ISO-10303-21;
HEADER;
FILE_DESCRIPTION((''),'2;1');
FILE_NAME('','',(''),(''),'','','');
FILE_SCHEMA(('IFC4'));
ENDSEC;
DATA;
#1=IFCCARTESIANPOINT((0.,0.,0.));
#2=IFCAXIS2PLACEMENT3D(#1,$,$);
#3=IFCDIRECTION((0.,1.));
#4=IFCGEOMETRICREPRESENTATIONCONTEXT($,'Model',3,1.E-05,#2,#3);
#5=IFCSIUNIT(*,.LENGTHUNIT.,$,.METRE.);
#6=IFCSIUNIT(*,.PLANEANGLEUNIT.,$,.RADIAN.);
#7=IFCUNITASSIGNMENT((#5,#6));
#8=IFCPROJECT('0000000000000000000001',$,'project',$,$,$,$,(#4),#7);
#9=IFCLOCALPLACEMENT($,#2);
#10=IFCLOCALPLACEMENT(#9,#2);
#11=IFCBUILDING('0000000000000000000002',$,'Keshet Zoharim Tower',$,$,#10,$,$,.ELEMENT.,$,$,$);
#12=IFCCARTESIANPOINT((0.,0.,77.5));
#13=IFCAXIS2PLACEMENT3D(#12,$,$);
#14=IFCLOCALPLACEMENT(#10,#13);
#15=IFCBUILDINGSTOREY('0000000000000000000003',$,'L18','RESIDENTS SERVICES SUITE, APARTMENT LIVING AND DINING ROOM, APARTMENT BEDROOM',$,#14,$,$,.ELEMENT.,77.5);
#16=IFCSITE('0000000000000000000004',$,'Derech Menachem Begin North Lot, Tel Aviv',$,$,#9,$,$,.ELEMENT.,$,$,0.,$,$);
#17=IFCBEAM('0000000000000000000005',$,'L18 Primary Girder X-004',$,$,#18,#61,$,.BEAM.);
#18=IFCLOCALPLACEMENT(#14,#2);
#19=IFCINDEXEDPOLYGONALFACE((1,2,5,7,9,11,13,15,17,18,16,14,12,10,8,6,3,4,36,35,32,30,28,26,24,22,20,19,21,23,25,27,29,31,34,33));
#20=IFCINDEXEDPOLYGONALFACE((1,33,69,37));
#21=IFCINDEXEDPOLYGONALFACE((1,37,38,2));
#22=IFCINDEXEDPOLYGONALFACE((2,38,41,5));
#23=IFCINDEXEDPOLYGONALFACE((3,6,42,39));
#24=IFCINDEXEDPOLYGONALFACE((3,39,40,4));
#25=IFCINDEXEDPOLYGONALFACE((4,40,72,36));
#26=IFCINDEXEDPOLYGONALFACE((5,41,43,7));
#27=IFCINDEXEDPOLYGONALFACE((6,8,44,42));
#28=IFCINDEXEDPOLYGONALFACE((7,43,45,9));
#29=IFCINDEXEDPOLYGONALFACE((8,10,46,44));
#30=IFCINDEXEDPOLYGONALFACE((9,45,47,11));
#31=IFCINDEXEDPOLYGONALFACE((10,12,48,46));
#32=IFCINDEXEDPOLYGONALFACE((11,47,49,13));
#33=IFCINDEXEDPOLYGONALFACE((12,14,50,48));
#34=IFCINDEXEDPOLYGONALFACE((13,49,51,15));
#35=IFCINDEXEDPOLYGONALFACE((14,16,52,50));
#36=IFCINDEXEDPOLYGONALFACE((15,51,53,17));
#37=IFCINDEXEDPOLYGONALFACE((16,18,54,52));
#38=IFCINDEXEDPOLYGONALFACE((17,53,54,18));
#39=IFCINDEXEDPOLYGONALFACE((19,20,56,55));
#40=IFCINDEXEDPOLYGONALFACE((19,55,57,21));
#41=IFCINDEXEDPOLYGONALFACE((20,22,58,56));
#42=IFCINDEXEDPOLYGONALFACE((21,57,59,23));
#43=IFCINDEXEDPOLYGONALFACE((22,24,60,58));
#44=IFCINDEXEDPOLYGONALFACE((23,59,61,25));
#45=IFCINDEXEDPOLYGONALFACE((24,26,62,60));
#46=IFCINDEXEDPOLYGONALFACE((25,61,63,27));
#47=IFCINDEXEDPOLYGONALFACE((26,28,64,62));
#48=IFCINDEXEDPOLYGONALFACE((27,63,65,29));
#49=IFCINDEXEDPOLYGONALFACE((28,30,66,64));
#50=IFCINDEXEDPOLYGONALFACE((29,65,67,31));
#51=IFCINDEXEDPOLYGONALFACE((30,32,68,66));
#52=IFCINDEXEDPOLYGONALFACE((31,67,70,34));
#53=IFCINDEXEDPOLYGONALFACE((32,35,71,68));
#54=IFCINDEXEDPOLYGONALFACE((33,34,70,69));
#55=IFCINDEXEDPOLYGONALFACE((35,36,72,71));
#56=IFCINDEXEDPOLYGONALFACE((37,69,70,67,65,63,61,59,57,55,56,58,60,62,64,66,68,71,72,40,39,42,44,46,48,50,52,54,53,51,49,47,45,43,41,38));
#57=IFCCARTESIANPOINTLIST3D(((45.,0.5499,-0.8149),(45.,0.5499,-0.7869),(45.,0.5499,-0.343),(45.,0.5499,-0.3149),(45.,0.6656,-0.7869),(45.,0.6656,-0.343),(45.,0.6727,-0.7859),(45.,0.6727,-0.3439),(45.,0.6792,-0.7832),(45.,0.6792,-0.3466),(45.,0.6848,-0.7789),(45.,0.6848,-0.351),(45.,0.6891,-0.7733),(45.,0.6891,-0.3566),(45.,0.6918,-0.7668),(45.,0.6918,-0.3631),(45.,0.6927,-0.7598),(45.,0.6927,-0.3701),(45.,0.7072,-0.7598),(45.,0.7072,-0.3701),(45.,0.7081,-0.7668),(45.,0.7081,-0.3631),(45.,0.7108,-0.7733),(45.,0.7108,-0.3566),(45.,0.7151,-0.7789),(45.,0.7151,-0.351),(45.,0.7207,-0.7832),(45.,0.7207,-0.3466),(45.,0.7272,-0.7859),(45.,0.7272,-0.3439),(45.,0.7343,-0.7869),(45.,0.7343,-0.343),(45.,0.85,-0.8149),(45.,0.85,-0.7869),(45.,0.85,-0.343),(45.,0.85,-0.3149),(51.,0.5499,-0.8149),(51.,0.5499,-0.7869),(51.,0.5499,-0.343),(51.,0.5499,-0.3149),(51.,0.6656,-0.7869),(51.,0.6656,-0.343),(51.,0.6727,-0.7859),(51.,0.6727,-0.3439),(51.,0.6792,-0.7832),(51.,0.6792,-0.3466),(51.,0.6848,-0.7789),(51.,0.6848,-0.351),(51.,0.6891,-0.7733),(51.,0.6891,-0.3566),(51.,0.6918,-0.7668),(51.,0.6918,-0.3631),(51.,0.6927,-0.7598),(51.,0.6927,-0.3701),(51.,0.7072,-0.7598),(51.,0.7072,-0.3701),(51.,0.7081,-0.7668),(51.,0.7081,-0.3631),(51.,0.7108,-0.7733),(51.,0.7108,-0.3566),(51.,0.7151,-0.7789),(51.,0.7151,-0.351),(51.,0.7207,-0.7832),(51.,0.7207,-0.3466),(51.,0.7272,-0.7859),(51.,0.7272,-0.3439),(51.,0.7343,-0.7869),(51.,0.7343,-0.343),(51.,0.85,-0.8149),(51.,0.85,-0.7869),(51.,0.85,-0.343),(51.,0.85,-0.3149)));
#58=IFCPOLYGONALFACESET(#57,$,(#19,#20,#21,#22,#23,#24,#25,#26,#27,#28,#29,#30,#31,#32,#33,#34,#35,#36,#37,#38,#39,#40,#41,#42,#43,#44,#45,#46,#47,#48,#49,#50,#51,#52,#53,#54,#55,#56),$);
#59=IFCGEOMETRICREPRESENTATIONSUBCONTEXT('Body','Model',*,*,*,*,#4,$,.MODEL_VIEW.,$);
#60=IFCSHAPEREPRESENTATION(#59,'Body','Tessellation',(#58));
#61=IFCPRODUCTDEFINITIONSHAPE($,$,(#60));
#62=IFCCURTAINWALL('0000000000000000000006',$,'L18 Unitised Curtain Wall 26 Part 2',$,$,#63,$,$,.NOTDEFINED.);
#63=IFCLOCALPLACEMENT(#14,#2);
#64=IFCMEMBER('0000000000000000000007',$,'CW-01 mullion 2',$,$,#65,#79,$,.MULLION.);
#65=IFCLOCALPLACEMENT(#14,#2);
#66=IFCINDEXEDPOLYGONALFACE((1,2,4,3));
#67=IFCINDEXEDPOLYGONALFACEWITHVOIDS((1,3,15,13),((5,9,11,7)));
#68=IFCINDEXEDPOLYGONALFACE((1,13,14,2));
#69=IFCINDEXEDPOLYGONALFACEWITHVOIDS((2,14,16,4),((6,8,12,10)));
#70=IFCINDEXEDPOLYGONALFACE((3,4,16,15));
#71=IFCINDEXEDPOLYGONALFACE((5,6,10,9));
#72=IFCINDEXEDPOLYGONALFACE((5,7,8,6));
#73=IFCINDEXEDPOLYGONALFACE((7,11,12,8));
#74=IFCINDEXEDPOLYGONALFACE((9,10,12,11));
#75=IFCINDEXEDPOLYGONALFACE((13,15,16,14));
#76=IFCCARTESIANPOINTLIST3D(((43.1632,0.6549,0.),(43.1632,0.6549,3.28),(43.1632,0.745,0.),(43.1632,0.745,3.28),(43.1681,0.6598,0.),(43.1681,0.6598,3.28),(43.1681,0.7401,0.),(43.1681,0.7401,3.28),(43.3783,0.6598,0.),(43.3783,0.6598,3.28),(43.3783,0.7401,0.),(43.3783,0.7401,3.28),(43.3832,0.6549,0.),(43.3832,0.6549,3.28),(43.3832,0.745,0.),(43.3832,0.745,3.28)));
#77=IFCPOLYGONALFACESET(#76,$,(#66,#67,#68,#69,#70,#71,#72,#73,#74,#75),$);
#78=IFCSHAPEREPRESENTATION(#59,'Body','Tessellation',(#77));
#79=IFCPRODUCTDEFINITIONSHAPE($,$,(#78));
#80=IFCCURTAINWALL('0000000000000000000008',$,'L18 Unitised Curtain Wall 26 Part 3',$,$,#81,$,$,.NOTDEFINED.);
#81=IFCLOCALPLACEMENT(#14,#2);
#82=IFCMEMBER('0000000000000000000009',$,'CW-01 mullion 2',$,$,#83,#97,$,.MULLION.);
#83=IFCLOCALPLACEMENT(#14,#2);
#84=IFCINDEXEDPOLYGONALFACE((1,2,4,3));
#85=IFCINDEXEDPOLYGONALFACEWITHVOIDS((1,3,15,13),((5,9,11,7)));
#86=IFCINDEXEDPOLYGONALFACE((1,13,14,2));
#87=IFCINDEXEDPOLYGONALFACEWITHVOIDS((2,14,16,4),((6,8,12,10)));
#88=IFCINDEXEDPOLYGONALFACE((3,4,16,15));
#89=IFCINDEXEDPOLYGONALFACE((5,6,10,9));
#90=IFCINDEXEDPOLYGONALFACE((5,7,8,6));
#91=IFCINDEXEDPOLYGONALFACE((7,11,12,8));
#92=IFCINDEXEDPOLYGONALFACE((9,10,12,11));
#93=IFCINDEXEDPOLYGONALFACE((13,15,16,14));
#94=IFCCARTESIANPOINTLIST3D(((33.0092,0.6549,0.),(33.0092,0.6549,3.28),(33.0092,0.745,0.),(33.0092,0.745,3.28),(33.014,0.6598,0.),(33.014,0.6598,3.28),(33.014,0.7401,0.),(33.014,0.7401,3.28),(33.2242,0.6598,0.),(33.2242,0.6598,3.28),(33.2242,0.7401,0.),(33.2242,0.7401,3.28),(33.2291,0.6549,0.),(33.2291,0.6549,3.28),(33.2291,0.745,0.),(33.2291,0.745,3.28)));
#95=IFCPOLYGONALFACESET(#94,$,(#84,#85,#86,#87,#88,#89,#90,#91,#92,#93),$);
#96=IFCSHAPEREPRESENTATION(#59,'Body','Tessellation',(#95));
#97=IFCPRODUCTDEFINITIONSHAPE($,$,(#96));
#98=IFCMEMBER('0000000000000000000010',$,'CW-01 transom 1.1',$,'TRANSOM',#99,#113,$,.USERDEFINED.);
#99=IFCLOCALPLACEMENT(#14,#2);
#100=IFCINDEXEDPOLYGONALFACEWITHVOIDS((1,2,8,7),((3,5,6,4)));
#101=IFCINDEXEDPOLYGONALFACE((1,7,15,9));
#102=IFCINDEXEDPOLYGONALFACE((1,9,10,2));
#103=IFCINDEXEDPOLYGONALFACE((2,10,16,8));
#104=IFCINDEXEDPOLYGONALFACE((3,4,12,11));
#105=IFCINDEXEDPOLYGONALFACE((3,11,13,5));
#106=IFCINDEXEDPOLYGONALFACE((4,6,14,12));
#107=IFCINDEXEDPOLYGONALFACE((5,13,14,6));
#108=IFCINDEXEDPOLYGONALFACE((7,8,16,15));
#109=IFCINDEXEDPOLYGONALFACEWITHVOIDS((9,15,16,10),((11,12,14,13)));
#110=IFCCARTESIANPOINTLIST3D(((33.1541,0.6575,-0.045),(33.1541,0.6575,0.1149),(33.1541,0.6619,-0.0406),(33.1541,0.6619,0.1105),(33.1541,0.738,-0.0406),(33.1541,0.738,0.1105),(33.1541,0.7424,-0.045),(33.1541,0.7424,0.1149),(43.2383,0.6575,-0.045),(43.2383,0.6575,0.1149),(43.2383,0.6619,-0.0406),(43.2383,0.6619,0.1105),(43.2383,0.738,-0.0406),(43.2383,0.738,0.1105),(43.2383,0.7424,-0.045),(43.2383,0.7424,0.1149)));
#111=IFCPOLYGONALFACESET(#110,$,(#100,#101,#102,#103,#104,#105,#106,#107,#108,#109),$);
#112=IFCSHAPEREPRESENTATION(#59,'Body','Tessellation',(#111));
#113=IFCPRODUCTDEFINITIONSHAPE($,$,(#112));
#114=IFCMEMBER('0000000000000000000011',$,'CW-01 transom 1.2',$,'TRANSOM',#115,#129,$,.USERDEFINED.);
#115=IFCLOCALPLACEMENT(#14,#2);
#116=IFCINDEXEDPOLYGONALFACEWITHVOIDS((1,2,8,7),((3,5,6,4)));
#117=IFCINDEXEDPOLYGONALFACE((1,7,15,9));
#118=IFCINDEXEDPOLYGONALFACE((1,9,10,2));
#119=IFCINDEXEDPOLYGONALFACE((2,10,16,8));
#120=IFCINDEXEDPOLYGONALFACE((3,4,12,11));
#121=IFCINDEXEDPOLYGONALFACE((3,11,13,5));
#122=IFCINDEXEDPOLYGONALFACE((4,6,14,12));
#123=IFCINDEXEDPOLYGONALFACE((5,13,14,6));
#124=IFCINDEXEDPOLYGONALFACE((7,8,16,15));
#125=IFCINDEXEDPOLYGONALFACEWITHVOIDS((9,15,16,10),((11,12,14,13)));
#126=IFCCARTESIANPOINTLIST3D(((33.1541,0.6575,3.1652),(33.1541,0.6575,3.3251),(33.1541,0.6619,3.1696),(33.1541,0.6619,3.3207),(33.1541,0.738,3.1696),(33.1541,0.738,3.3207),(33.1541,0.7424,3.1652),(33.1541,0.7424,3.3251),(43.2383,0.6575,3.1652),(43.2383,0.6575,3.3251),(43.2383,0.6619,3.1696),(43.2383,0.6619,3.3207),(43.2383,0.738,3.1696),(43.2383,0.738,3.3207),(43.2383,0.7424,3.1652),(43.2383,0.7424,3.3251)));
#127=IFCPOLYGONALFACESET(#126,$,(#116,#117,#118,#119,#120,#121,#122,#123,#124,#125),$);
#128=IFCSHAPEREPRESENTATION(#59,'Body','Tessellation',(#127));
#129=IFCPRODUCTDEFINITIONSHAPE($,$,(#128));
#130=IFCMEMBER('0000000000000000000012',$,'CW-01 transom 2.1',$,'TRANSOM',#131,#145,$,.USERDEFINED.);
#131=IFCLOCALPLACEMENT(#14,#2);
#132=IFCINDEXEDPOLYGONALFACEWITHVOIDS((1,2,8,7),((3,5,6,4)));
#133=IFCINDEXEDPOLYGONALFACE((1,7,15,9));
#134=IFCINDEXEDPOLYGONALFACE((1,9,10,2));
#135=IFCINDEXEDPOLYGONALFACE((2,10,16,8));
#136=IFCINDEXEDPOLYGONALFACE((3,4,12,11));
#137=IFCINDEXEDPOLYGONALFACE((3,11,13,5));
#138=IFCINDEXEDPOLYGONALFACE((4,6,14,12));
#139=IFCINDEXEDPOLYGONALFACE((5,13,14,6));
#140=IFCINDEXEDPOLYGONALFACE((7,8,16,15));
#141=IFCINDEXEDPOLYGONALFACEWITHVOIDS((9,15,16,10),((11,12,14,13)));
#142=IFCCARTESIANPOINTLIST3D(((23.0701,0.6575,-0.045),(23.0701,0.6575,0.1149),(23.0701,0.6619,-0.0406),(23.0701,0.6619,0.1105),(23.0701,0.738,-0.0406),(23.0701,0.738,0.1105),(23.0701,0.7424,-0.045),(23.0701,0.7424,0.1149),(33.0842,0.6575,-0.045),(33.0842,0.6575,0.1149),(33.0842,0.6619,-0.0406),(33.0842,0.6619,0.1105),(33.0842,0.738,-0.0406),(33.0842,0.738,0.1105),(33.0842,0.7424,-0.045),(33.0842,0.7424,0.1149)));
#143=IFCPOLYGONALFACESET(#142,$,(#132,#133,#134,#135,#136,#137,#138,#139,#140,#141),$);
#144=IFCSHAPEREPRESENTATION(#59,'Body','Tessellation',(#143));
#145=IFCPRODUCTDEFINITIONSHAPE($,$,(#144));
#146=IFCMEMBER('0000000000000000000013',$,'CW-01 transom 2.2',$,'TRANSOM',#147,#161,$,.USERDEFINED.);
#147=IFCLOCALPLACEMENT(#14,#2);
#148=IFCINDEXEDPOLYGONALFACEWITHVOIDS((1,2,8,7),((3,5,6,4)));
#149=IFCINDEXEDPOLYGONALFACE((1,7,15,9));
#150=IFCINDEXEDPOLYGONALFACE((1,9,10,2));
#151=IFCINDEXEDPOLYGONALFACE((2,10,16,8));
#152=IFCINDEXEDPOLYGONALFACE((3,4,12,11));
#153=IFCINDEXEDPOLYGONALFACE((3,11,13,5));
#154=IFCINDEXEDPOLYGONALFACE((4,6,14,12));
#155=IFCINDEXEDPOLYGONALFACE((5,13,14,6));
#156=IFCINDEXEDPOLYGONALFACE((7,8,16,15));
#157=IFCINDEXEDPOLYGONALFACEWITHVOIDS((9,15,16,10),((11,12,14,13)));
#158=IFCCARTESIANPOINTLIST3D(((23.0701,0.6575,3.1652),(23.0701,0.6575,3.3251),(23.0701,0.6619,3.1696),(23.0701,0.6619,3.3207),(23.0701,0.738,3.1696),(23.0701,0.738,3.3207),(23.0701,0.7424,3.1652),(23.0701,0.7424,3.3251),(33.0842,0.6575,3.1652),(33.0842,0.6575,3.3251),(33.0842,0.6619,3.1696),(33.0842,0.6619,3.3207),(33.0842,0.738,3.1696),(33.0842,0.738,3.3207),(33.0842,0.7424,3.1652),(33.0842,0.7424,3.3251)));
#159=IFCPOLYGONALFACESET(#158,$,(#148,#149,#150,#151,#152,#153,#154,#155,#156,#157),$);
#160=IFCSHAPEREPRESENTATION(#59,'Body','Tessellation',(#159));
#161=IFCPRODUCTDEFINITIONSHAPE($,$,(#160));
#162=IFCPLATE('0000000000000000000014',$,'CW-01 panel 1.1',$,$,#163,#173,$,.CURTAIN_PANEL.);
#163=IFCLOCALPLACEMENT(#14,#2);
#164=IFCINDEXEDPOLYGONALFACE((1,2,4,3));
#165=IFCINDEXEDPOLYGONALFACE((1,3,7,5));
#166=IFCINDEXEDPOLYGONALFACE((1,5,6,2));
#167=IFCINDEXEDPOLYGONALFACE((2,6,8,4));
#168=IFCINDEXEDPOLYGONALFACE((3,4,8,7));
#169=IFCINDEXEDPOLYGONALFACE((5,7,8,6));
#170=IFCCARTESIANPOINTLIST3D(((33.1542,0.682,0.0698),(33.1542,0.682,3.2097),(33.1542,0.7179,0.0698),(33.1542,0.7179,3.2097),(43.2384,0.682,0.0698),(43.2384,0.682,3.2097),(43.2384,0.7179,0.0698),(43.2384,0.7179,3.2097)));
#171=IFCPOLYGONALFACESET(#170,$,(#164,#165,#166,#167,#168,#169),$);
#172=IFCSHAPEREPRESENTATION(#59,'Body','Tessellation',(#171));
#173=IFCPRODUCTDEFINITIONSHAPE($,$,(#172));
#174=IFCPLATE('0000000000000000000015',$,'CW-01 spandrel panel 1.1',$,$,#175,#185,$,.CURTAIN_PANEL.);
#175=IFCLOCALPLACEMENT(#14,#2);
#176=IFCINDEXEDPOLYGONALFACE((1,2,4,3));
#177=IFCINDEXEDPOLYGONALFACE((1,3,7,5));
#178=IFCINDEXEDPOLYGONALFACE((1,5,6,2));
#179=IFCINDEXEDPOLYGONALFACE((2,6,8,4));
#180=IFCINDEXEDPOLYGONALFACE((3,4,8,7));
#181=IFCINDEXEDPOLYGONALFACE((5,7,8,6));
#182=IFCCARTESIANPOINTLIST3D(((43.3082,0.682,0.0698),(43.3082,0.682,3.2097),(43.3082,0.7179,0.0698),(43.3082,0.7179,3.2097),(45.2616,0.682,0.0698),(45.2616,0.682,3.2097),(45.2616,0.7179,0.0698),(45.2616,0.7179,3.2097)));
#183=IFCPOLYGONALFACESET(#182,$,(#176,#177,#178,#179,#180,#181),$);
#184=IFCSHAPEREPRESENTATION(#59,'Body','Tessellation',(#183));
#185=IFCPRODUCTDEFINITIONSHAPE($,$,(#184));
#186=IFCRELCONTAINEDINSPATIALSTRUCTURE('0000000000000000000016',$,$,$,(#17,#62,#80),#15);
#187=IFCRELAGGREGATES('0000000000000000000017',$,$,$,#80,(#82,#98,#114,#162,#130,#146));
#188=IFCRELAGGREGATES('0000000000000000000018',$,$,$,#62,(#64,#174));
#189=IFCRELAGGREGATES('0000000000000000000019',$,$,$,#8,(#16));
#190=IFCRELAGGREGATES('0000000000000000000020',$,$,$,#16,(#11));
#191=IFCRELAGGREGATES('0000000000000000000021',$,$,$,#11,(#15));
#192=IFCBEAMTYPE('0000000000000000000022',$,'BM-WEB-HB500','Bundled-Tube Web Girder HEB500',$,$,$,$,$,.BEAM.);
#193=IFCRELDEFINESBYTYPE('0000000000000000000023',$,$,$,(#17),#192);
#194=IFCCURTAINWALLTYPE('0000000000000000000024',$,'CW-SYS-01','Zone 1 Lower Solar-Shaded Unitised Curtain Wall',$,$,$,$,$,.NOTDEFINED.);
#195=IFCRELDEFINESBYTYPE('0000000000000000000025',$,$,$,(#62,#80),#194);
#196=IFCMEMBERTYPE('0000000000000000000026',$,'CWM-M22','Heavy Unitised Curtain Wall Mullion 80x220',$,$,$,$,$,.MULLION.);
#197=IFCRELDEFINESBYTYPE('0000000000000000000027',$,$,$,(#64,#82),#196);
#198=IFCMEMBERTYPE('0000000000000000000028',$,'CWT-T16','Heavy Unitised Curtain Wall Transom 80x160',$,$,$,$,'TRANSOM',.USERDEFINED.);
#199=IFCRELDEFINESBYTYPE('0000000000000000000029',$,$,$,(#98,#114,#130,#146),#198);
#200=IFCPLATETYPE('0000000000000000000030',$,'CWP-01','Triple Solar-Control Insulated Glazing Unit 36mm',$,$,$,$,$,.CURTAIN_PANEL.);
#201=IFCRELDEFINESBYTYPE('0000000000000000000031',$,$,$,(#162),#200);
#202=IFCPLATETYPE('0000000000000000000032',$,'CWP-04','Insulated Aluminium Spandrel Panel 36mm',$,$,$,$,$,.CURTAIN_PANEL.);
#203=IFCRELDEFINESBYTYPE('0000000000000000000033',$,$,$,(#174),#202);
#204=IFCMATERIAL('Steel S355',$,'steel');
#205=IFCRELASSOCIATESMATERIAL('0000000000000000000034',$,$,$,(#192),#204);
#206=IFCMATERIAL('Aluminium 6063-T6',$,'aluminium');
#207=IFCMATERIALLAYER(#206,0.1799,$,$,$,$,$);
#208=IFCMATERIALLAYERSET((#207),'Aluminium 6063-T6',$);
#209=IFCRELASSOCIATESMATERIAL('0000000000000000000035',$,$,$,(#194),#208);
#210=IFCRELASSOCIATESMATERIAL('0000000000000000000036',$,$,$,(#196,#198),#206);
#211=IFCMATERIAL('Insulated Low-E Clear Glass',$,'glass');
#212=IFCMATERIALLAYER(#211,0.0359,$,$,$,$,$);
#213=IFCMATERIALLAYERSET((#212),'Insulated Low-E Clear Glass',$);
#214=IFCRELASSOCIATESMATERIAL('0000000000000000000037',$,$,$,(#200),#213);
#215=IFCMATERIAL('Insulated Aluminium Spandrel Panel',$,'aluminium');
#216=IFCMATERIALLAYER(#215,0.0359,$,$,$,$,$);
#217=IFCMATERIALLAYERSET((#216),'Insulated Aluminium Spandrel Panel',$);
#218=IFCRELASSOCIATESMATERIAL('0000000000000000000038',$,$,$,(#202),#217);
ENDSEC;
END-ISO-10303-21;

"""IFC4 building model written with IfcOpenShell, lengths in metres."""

from ifc_helpers import new_model, si_unit, direction, frame, origin, origin_2d, place, context, subcontext, project, spatial, rectangle, hollow_rectangle, i_section, extrude, material, layer, layer_set, material_profile, profile_set, type_object, element, aggregate, save


model = new_model("IFC4")

# Units and contexts
model_context = context("Model", 3, precision=1e-05, world=origin(), true_north=direction((0.0, 1.0)))
body_context = subcontext(model_context, "Body", "Model", "MODEL_VIEW")
ifc_project = project(units=[si_unit("LENGTHUNIT", "METRE"), si_unit("PLANEANGLEUNIT", "RADIAN")], contexts=[model_context])

# Site, building, storey
site_placement = place(None, origin())
site = spatial("IfcSite", under=ifc_project, at=site_placement, Name="Derech Menachem Begin North Lot, Tel Aviv", CompositionType="ELEMENT", RefElevation=0.0)
building_placement = place(site_placement, origin())
building = spatial("IfcBuilding", under=site, at=building_placement, Name="Keshet Zoharim Tower", CompositionType="ELEMENT")
storey_placement = place(building_placement, frame((0.0, 0.0, 77.5)))
storey = spatial("IfcBuildingStorey", under=building, at=storey_placement, Name="L18", Description="RESIDENTS SERVICES SUITE, APARTMENT LIVING AND DINING ROOM, APARTMENT BEDROOM", CompositionType="ELEMENT", Elevation=77.5)

# Shared definitions
ifc_material_1 = material(Name="Steel S355", Category="steel")

# Beam
ifc_material_profile_1 = material_profile(ifc_material_1, i_section(OverallWidth=0.3, OverallDepth=0.5, WebThickness=0.0144, FlangeThickness=0.0281, FilletRadius=0.0271, at=origin_2d()), Name="HEB500")
ifc_profile_set_1 = profile_set([ifc_material_profile_1], Name="Steel S355")
beam_type_1 = type_object("IfcBeamType", Name="BM-WEB-HB500", Description="Bundled-Tube Web Girder HEB500", PredefinedType="BEAM", material=ifc_profile_set_1)
for number, where, z_axis, x_axis, name in (
    (1, (45.0, 0.7, -0.5649), (1.0, 0.0, 0.0), (0.0, 1.0, 0.0), "L18 Primary Girder X-004"),
):
    element("IfcBeam", number, at=place(storey_placement, frame(where, z_axis=z_axis, x_axis=x_axis)), inside=storey, type_object=beam_type_1, Name=name, PredefinedType="BEAM", context=body_context, shape_type="SweptSolid", body=[
        extrude(i_section(OverallWidth=0.3, OverallDepth=0.5, WebThickness=0.0144, FlangeThickness=0.0281, FilletRadius=0.0271, at=origin_2d()), origin(), (0.0, 0.0, 1.0), 6.0),
    ])

# Curtain wall, member
ifc_material_2 = material(Name="Aluminium 6063-T6", Category="aluminium")
ifc_layer_1 = layer(ifc_material_2, 0.1799)
ifc_layer_set_1 = layer_set([ifc_layer_1], Name="Aluminium 6063-T6")
curtain_wall_type = type_object("IfcCurtainWallType", Name="CW-SYS-01", Description="Zone 1 Lower Solar-Shaded Unitised Curtain Wall", PredefinedType="NOTDEFINED", material=ifc_layer_set_1)
curtain_wall_1_placement = place(storey_placement, origin())
curtain_wall_1 = element("IfcCurtainWall", 2, at=curtain_wall_1_placement, inside=storey, type_object=curtain_wall_type, Name="L18 Unitised Curtain Wall 26 Part 2", PredefinedType="NOTDEFINED")
ifc_material_profile_2 = material_profile(ifc_material_2, hollow_rectangle(XDim=0.0901, YDim=0.22, WallThickness=0.0049, at=origin_2d()), Name="MUL-90x220")
ifc_profile_set_2 = profile_set([ifc_material_profile_2], Name="Aluminium 6063-T6")
member_type_1 = type_object("IfcMemberType", Name="CWM-M22", Description="Heavy Unitised Curtain Wall Mullion 80x220", PredefinedType="MULLION", material=ifc_profile_set_2)
member_1_placement = place(storey_placement, frame((43.2732, 0.7, 0.0), z_axis=(0.0, 0.0, 1.0), x_axis=(0.0, -1.0, 0.0)))
member_1 = element("IfcMember", 3, at=member_1_placement, type_object=member_type_1, Name="CW-01 mullion 2", PredefinedType="MULLION", context=body_context, shape_type="SweptSolid", body=[
    extrude(hollow_rectangle(XDim=0.0901, YDim=0.22, WallThickness=0.0049, at=origin_2d()), origin(), (0.0, 0.0, 1.0), 3.28),
])

# Curtain wall, members, plate
curtain_wall_2_placement = place(storey_placement, origin())
curtain_wall_2 = element("IfcCurtainWall", 4, at=curtain_wall_2_placement, inside=storey, type_object=curtain_wall_type, Name="L18 Unitised Curtain Wall 26 Part 3", PredefinedType="NOTDEFINED")
member_2_placement = place(storey_placement, frame((33.1191, 0.7, 0.0), z_axis=(0.0, 0.0, 1.0), x_axis=(0.0, -1.0, 0.0)))
member_2 = element("IfcMember", 5, at=member_2_placement, type_object=member_type_1, Name="CW-01 mullion 2", PredefinedType="MULLION", context=body_context, shape_type="SweptSolid", body=[
    extrude(hollow_rectangle(XDim=0.0901, YDim=0.22, WallThickness=0.0049, at=origin_2d()), origin(), (0.0, 0.0, 1.0), 3.28),
])
ifc_material_profile_3 = material_profile(ifc_material_2, hollow_rectangle(XDim=0.085, YDim=0.1599, WallThickness=0.0044, at=origin_2d()), Name="TRN-85x160")
ifc_profile_set_3 = profile_set([ifc_material_profile_3], Name="Aluminium 6063-T6")
member_type_2 = type_object("IfcMemberType", Name="CWT-T16", Description="Heavy Unitised Curtain Wall Transom 80x160", ElementType="TRANSOM", PredefinedType="USERDEFINED", material=ifc_profile_set_3)
member_3_placement = place(storey_placement, frame((43.2383, 0.7, 0.0349), z_axis=(-1.0, 0.0, 0.0), x_axis=(0.0, -1.0, 0.0)))
member_3 = element("IfcMember", 6, at=member_3_placement, type_object=member_type_2, Name="CW-01 transom 1.1", ObjectType="TRANSOM", PredefinedType="USERDEFINED", context=body_context, shape_type="SweptSolid", body=[
    extrude(hollow_rectangle(XDim=0.085, YDim=0.1599, WallThickness=0.0044, at=origin_2d()), origin(), (0.0, 0.0, 1.0), 10.0842),
])
member_4_placement = place(storey_placement, frame((43.2383, 0.7, 3.2451), z_axis=(-1.0, 0.0, 0.0), x_axis=(0.0, -1.0, 0.0)))
member_4 = element("IfcMember", 7, at=member_4_placement, type_object=member_type_2, Name="CW-01 transom 1.2", ObjectType="TRANSOM", PredefinedType="USERDEFINED", context=body_context, shape_type="SweptSolid", body=[
    extrude(hollow_rectangle(XDim=0.085, YDim=0.1599, WallThickness=0.0044, at=origin_2d()), origin(), (0.0, 0.0, 1.0), 10.0842),
])
member_5_placement = place(storey_placement, frame((33.0842, 0.7, 0.0349), z_axis=(-1.0, 0.0, 0.0), x_axis=(0.0, -1.0, 0.0)))
member_5 = element("IfcMember", 8, at=member_5_placement, type_object=member_type_2, Name="CW-01 transom 2.1", ObjectType="TRANSOM", PredefinedType="USERDEFINED", context=body_context, shape_type="SweptSolid", body=[
    extrude(hollow_rectangle(XDim=0.085, YDim=0.1599, WallThickness=0.0044, at=origin_2d()), origin(), (0.0, 0.0, 1.0), 10.0142),
])
member_6_placement = place(storey_placement, frame((33.0842, 0.7, 3.2451), z_axis=(-1.0, 0.0, 0.0), x_axis=(0.0, -1.0, 0.0)))
member_6 = element("IfcMember", 9, at=member_6_placement, type_object=member_type_2, Name="CW-01 transom 2.2", ObjectType="TRANSOM", PredefinedType="USERDEFINED", context=body_context, shape_type="SweptSolid", body=[
    extrude(hollow_rectangle(XDim=0.085, YDim=0.1599, WallThickness=0.0044, at=origin_2d()), origin(), (0.0, 0.0, 1.0), 10.0142),
])
ifc_material_3 = material(Name="Insulated Low-E Clear Glass", Category="glass")
ifc_layer_2 = layer(ifc_material_3, 0.0359)
ifc_layer_set_2 = layer_set([ifc_layer_2], Name="Insulated Low-E Clear Glass")
plate_type_1 = type_object("IfcPlateType", Name="CWP-01", Description="Triple Solar-Control Insulated Glazing Unit 36mm", PredefinedType="CURTAIN_PANEL", material=ifc_layer_set_2)
plate_1_placement = place(storey_placement, frame((38.1963, 0.7, 0.0698), z_axis=(0.0, 0.0, 1.0), x_axis=(-1.0, 0.0, 0.0)))
plate_1 = element("IfcPlate", 10, at=plate_1_placement, type_object=plate_type_1, Name="CW-01 panel 1.1", PredefinedType="CURTAIN_PANEL", context=body_context, shape_type="SweptSolid", body=[
    extrude(rectangle(XDim=10.0842, YDim=0.0359, at=origin_2d()), origin(), (0.0, 0.0, 1.0), 3.1399),
])
aggregate(curtain_wall_2, [member_2, member_3, member_4, plate_1, member_5, member_6])

# Plate
ifc_material_4 = material(Name="Insulated Aluminium Spandrel Panel", Category="aluminium")
ifc_layer_3 = layer(ifc_material_4, 0.0359)
ifc_layer_set_3 = layer_set([ifc_layer_3], Name="Insulated Aluminium Spandrel Panel")
plate_type_2 = type_object("IfcPlateType", Name="CWP-04", Description="Insulated Aluminium Spandrel Panel 36mm", PredefinedType="CURTAIN_PANEL", material=ifc_layer_set_3)
plate_2_placement = place(storey_placement, frame((44.2849, 0.7, 0.0698), z_axis=(0.0, 0.0, 1.0), x_axis=(-1.0, 0.0, 0.0)))
plate_2 = element("IfcPlate", 11, at=plate_2_placement, type_object=plate_type_2, Name="CW-01 spandrel panel 1.1", PredefinedType="CURTAIN_PANEL", context=body_context, shape_type="SweptSolid", body=[
    extrude(rectangle(XDim=1.9534, YDim=0.0359, at=origin_2d()), origin(), (0.0, 0.0, 1.0), 3.1399),
])
aggregate(curtain_wall_1, [member_1, plate_2])

save(model, "model.ifc")
